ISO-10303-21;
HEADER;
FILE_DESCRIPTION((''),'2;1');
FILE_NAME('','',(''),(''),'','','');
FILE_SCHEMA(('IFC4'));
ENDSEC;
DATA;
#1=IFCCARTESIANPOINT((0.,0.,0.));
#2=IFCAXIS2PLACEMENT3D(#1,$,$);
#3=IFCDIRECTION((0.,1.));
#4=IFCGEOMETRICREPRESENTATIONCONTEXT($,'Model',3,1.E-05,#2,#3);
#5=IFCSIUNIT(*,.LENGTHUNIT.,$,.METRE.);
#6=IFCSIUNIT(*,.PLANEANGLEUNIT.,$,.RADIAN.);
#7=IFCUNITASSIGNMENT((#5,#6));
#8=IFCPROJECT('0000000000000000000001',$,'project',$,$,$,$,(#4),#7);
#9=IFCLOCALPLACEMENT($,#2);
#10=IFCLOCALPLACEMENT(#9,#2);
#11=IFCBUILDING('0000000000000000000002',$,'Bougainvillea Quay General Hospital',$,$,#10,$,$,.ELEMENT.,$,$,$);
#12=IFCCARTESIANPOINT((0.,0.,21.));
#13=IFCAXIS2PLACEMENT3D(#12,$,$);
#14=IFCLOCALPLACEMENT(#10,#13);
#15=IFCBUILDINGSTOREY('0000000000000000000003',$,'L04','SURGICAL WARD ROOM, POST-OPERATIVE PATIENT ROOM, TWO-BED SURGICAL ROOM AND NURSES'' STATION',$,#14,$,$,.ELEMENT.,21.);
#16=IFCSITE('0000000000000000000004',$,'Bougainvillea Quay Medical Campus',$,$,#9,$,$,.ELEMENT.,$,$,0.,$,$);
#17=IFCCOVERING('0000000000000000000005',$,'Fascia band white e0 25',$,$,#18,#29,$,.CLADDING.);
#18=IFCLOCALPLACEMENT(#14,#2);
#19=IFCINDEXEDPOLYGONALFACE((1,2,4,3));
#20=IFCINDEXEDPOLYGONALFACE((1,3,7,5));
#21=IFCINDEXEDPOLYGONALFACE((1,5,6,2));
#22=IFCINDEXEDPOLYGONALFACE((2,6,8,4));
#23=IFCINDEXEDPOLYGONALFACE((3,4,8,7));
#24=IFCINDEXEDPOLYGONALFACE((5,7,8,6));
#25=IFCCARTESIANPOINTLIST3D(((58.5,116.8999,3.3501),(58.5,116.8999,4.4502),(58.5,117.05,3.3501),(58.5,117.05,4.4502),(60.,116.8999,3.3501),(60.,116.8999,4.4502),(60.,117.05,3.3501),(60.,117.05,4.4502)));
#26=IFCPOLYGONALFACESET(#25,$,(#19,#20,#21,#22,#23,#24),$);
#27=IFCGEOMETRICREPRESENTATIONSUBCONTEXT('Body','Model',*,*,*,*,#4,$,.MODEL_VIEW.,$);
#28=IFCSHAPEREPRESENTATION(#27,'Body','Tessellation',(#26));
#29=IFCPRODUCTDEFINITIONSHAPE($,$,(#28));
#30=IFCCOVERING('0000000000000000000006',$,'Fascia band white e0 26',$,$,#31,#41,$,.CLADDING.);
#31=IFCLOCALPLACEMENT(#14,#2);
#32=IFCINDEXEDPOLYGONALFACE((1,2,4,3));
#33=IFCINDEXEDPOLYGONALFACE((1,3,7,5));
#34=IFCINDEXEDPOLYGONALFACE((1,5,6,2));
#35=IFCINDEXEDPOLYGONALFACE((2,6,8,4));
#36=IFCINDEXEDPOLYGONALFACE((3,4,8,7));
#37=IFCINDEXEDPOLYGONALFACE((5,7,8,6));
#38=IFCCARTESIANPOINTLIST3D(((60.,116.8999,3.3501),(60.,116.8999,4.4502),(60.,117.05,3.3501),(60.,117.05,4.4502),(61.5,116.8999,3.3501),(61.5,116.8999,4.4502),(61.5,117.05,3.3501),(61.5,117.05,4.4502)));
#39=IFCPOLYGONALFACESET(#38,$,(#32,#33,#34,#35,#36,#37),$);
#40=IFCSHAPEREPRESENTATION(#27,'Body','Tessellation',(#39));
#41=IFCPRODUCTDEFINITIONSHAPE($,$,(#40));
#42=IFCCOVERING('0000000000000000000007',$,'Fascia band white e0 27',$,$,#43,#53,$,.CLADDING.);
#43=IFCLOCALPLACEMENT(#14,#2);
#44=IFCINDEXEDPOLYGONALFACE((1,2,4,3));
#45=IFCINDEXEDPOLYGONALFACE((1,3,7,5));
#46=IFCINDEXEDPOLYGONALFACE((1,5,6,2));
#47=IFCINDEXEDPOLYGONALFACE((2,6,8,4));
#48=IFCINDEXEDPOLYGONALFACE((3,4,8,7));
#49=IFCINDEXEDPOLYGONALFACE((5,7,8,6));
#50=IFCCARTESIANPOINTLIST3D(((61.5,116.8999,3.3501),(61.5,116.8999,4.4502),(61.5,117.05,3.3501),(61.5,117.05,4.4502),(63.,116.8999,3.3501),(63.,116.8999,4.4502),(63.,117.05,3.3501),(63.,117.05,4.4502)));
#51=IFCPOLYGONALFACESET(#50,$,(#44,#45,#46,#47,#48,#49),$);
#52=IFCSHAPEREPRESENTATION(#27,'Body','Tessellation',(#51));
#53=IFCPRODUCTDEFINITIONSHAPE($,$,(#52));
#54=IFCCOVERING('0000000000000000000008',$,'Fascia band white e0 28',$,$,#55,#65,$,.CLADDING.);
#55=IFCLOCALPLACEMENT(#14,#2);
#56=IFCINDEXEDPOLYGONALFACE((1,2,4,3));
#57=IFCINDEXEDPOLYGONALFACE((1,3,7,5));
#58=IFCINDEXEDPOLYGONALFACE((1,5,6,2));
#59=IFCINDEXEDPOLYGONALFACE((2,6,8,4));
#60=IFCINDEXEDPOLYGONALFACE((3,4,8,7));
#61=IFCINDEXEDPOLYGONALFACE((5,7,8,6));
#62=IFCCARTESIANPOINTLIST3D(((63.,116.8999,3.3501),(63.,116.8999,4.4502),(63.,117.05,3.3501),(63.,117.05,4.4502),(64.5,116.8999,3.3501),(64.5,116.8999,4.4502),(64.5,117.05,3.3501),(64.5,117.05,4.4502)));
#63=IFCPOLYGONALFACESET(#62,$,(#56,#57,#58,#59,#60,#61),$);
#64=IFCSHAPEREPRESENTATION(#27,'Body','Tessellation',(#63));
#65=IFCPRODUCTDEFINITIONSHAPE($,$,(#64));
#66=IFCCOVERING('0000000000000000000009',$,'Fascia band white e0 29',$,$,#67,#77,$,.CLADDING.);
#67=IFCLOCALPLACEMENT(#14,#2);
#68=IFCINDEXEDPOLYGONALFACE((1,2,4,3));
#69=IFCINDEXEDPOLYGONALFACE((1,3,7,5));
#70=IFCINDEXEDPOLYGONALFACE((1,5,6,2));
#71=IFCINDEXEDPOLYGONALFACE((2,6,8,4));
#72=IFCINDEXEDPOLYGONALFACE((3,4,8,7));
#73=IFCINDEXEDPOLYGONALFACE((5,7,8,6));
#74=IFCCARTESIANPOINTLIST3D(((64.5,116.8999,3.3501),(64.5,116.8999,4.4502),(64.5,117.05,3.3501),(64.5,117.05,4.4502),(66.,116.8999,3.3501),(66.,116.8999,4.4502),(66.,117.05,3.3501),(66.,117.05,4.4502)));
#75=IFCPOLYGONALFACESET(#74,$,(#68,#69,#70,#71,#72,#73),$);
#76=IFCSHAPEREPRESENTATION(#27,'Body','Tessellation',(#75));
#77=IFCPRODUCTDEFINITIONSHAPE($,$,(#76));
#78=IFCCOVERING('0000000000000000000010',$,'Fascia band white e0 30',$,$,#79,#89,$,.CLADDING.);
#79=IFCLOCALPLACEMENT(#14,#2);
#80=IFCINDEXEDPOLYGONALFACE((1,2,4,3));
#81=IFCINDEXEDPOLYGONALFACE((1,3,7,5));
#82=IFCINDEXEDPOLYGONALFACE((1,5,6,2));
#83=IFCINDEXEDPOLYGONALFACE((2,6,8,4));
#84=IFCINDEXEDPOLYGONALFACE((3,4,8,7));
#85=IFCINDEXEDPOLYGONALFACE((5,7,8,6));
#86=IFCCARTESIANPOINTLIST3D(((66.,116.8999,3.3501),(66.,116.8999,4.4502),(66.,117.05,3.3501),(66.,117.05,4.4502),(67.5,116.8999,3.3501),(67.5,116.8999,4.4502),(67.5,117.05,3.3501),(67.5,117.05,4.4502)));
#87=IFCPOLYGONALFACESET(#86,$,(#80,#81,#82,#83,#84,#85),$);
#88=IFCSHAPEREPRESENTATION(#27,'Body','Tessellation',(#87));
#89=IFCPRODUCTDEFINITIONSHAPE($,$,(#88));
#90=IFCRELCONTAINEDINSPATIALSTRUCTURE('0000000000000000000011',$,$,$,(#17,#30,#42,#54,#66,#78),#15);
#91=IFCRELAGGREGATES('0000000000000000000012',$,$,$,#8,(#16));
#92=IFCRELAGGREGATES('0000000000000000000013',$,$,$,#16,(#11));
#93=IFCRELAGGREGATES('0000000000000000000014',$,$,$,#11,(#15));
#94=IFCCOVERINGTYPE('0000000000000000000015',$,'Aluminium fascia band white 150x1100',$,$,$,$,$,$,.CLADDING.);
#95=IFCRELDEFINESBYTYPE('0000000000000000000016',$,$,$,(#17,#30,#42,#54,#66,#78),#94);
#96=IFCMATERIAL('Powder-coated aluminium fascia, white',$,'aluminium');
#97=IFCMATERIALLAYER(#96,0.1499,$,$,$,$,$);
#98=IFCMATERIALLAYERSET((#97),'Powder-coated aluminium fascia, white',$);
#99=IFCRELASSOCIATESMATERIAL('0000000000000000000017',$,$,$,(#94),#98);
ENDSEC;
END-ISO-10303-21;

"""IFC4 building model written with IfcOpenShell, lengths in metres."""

from ifc_helpers import new_model, si_unit, direction, frame, origin, place, context, subcontext, project, spatial, polyline, outline, extrude, material, layer, layer_set, type_object, element, save


model = new_model("IFC4")

# Units and contexts
model_context = context("Model", 3, precision=1e-05, world=origin(), true_north=direction((0.0, 1.0)))
body_context = subcontext(model_context, "Body", "Model", "MODEL_VIEW")
ifc_project = project(units=[si_unit("LENGTHUNIT", "METRE"), si_unit("PLANEANGLEUNIT", "RADIAN")], contexts=[model_context])

# Site, building, storey
site_placement = place(None, origin())
site = spatial("IfcSite", under=ifc_project, at=site_placement, Name="Bougainvillea Quay Medical Campus", CompositionType="ELEMENT", RefElevation=0.0)
building_placement = place(site_placement, origin())
building = spatial("IfcBuilding", under=site, at=building_placement, Name="Bougainvillea Quay General Hospital", CompositionType="ELEMENT")
storey_placement = place(building_placement, frame((0.0, 0.0, 21.0)))
storey = spatial("IfcBuildingStorey", under=building, at=storey_placement, Name="L04", Description="SURGICAL WARD ROOM, POST-OPERATIVE PATIENT ROOM, TWO-BED SURGICAL ROOM AND NURSES' STATION", CompositionType="ELEMENT", Elevation=21.0)

# Coverings
ifc_material_1 = material(Name="Powder-coated aluminium fascia, white", Category="aluminium")
ifc_layer_1 = layer(ifc_material_1, 0.1499)
ifc_layer_set_1 = layer_set([ifc_layer_1], Name="Powder-coated aluminium fascia, white")
covering_type = type_object("IfcCoveringType", Name="Aluminium fascia band white 150x1100", PredefinedType="CLADDING", material=ifc_layer_set_1)
for number, where, z_axis, x_axis, name in (
    (1, (58.5, 117.05, 3.3501), (0.0, 0.0, 1.0), (1.0, 0.0, 0.0), "Fascia band white e0 25"),
    (2, (60.0, 117.05, 3.3501), (0.0, 0.0, 1.0), (1.0, 0.0, 0.0), "Fascia band white e0 26"),
    (3, (61.5, 117.05, 3.3501), (0.0, 0.0, 1.0), (1.0, 0.0, 0.0), "Fascia band white e0 27"),
    (4, (63.0, 117.05, 3.3501), (0.0, 0.0, 1.0), (1.0, 0.0, 0.0), "Fascia band white e0 28"),
    (5, (64.5, 117.05, 3.3501), (0.0, 0.0, 1.0), (1.0, 0.0, 0.0), "Fascia band white e0 29"),
    (6, (66.0, 117.05, 3.3501), (0.0, 0.0, 1.0), (1.0, 0.0, 0.0), "Fascia band white e0 30"),
):
    element("IfcCovering", number, at=place(storey_placement, frame(where, z_axis=z_axis, x_axis=x_axis)), inside=storey, type_object=covering_type, Name=name, PredefinedType="CLADDING", context=body_context, shape_type="SweptSolid", body=[
        extrude(outline(polyline([(0.0, 0.0), (1.5, 0.0), (1.5, -0.1501), (0.0, -0.1501), (0.0, 0.0)])), origin(), (0.0, 0.0, 1.0), 1.1001),
    ])

save(model, "model.ifc")
